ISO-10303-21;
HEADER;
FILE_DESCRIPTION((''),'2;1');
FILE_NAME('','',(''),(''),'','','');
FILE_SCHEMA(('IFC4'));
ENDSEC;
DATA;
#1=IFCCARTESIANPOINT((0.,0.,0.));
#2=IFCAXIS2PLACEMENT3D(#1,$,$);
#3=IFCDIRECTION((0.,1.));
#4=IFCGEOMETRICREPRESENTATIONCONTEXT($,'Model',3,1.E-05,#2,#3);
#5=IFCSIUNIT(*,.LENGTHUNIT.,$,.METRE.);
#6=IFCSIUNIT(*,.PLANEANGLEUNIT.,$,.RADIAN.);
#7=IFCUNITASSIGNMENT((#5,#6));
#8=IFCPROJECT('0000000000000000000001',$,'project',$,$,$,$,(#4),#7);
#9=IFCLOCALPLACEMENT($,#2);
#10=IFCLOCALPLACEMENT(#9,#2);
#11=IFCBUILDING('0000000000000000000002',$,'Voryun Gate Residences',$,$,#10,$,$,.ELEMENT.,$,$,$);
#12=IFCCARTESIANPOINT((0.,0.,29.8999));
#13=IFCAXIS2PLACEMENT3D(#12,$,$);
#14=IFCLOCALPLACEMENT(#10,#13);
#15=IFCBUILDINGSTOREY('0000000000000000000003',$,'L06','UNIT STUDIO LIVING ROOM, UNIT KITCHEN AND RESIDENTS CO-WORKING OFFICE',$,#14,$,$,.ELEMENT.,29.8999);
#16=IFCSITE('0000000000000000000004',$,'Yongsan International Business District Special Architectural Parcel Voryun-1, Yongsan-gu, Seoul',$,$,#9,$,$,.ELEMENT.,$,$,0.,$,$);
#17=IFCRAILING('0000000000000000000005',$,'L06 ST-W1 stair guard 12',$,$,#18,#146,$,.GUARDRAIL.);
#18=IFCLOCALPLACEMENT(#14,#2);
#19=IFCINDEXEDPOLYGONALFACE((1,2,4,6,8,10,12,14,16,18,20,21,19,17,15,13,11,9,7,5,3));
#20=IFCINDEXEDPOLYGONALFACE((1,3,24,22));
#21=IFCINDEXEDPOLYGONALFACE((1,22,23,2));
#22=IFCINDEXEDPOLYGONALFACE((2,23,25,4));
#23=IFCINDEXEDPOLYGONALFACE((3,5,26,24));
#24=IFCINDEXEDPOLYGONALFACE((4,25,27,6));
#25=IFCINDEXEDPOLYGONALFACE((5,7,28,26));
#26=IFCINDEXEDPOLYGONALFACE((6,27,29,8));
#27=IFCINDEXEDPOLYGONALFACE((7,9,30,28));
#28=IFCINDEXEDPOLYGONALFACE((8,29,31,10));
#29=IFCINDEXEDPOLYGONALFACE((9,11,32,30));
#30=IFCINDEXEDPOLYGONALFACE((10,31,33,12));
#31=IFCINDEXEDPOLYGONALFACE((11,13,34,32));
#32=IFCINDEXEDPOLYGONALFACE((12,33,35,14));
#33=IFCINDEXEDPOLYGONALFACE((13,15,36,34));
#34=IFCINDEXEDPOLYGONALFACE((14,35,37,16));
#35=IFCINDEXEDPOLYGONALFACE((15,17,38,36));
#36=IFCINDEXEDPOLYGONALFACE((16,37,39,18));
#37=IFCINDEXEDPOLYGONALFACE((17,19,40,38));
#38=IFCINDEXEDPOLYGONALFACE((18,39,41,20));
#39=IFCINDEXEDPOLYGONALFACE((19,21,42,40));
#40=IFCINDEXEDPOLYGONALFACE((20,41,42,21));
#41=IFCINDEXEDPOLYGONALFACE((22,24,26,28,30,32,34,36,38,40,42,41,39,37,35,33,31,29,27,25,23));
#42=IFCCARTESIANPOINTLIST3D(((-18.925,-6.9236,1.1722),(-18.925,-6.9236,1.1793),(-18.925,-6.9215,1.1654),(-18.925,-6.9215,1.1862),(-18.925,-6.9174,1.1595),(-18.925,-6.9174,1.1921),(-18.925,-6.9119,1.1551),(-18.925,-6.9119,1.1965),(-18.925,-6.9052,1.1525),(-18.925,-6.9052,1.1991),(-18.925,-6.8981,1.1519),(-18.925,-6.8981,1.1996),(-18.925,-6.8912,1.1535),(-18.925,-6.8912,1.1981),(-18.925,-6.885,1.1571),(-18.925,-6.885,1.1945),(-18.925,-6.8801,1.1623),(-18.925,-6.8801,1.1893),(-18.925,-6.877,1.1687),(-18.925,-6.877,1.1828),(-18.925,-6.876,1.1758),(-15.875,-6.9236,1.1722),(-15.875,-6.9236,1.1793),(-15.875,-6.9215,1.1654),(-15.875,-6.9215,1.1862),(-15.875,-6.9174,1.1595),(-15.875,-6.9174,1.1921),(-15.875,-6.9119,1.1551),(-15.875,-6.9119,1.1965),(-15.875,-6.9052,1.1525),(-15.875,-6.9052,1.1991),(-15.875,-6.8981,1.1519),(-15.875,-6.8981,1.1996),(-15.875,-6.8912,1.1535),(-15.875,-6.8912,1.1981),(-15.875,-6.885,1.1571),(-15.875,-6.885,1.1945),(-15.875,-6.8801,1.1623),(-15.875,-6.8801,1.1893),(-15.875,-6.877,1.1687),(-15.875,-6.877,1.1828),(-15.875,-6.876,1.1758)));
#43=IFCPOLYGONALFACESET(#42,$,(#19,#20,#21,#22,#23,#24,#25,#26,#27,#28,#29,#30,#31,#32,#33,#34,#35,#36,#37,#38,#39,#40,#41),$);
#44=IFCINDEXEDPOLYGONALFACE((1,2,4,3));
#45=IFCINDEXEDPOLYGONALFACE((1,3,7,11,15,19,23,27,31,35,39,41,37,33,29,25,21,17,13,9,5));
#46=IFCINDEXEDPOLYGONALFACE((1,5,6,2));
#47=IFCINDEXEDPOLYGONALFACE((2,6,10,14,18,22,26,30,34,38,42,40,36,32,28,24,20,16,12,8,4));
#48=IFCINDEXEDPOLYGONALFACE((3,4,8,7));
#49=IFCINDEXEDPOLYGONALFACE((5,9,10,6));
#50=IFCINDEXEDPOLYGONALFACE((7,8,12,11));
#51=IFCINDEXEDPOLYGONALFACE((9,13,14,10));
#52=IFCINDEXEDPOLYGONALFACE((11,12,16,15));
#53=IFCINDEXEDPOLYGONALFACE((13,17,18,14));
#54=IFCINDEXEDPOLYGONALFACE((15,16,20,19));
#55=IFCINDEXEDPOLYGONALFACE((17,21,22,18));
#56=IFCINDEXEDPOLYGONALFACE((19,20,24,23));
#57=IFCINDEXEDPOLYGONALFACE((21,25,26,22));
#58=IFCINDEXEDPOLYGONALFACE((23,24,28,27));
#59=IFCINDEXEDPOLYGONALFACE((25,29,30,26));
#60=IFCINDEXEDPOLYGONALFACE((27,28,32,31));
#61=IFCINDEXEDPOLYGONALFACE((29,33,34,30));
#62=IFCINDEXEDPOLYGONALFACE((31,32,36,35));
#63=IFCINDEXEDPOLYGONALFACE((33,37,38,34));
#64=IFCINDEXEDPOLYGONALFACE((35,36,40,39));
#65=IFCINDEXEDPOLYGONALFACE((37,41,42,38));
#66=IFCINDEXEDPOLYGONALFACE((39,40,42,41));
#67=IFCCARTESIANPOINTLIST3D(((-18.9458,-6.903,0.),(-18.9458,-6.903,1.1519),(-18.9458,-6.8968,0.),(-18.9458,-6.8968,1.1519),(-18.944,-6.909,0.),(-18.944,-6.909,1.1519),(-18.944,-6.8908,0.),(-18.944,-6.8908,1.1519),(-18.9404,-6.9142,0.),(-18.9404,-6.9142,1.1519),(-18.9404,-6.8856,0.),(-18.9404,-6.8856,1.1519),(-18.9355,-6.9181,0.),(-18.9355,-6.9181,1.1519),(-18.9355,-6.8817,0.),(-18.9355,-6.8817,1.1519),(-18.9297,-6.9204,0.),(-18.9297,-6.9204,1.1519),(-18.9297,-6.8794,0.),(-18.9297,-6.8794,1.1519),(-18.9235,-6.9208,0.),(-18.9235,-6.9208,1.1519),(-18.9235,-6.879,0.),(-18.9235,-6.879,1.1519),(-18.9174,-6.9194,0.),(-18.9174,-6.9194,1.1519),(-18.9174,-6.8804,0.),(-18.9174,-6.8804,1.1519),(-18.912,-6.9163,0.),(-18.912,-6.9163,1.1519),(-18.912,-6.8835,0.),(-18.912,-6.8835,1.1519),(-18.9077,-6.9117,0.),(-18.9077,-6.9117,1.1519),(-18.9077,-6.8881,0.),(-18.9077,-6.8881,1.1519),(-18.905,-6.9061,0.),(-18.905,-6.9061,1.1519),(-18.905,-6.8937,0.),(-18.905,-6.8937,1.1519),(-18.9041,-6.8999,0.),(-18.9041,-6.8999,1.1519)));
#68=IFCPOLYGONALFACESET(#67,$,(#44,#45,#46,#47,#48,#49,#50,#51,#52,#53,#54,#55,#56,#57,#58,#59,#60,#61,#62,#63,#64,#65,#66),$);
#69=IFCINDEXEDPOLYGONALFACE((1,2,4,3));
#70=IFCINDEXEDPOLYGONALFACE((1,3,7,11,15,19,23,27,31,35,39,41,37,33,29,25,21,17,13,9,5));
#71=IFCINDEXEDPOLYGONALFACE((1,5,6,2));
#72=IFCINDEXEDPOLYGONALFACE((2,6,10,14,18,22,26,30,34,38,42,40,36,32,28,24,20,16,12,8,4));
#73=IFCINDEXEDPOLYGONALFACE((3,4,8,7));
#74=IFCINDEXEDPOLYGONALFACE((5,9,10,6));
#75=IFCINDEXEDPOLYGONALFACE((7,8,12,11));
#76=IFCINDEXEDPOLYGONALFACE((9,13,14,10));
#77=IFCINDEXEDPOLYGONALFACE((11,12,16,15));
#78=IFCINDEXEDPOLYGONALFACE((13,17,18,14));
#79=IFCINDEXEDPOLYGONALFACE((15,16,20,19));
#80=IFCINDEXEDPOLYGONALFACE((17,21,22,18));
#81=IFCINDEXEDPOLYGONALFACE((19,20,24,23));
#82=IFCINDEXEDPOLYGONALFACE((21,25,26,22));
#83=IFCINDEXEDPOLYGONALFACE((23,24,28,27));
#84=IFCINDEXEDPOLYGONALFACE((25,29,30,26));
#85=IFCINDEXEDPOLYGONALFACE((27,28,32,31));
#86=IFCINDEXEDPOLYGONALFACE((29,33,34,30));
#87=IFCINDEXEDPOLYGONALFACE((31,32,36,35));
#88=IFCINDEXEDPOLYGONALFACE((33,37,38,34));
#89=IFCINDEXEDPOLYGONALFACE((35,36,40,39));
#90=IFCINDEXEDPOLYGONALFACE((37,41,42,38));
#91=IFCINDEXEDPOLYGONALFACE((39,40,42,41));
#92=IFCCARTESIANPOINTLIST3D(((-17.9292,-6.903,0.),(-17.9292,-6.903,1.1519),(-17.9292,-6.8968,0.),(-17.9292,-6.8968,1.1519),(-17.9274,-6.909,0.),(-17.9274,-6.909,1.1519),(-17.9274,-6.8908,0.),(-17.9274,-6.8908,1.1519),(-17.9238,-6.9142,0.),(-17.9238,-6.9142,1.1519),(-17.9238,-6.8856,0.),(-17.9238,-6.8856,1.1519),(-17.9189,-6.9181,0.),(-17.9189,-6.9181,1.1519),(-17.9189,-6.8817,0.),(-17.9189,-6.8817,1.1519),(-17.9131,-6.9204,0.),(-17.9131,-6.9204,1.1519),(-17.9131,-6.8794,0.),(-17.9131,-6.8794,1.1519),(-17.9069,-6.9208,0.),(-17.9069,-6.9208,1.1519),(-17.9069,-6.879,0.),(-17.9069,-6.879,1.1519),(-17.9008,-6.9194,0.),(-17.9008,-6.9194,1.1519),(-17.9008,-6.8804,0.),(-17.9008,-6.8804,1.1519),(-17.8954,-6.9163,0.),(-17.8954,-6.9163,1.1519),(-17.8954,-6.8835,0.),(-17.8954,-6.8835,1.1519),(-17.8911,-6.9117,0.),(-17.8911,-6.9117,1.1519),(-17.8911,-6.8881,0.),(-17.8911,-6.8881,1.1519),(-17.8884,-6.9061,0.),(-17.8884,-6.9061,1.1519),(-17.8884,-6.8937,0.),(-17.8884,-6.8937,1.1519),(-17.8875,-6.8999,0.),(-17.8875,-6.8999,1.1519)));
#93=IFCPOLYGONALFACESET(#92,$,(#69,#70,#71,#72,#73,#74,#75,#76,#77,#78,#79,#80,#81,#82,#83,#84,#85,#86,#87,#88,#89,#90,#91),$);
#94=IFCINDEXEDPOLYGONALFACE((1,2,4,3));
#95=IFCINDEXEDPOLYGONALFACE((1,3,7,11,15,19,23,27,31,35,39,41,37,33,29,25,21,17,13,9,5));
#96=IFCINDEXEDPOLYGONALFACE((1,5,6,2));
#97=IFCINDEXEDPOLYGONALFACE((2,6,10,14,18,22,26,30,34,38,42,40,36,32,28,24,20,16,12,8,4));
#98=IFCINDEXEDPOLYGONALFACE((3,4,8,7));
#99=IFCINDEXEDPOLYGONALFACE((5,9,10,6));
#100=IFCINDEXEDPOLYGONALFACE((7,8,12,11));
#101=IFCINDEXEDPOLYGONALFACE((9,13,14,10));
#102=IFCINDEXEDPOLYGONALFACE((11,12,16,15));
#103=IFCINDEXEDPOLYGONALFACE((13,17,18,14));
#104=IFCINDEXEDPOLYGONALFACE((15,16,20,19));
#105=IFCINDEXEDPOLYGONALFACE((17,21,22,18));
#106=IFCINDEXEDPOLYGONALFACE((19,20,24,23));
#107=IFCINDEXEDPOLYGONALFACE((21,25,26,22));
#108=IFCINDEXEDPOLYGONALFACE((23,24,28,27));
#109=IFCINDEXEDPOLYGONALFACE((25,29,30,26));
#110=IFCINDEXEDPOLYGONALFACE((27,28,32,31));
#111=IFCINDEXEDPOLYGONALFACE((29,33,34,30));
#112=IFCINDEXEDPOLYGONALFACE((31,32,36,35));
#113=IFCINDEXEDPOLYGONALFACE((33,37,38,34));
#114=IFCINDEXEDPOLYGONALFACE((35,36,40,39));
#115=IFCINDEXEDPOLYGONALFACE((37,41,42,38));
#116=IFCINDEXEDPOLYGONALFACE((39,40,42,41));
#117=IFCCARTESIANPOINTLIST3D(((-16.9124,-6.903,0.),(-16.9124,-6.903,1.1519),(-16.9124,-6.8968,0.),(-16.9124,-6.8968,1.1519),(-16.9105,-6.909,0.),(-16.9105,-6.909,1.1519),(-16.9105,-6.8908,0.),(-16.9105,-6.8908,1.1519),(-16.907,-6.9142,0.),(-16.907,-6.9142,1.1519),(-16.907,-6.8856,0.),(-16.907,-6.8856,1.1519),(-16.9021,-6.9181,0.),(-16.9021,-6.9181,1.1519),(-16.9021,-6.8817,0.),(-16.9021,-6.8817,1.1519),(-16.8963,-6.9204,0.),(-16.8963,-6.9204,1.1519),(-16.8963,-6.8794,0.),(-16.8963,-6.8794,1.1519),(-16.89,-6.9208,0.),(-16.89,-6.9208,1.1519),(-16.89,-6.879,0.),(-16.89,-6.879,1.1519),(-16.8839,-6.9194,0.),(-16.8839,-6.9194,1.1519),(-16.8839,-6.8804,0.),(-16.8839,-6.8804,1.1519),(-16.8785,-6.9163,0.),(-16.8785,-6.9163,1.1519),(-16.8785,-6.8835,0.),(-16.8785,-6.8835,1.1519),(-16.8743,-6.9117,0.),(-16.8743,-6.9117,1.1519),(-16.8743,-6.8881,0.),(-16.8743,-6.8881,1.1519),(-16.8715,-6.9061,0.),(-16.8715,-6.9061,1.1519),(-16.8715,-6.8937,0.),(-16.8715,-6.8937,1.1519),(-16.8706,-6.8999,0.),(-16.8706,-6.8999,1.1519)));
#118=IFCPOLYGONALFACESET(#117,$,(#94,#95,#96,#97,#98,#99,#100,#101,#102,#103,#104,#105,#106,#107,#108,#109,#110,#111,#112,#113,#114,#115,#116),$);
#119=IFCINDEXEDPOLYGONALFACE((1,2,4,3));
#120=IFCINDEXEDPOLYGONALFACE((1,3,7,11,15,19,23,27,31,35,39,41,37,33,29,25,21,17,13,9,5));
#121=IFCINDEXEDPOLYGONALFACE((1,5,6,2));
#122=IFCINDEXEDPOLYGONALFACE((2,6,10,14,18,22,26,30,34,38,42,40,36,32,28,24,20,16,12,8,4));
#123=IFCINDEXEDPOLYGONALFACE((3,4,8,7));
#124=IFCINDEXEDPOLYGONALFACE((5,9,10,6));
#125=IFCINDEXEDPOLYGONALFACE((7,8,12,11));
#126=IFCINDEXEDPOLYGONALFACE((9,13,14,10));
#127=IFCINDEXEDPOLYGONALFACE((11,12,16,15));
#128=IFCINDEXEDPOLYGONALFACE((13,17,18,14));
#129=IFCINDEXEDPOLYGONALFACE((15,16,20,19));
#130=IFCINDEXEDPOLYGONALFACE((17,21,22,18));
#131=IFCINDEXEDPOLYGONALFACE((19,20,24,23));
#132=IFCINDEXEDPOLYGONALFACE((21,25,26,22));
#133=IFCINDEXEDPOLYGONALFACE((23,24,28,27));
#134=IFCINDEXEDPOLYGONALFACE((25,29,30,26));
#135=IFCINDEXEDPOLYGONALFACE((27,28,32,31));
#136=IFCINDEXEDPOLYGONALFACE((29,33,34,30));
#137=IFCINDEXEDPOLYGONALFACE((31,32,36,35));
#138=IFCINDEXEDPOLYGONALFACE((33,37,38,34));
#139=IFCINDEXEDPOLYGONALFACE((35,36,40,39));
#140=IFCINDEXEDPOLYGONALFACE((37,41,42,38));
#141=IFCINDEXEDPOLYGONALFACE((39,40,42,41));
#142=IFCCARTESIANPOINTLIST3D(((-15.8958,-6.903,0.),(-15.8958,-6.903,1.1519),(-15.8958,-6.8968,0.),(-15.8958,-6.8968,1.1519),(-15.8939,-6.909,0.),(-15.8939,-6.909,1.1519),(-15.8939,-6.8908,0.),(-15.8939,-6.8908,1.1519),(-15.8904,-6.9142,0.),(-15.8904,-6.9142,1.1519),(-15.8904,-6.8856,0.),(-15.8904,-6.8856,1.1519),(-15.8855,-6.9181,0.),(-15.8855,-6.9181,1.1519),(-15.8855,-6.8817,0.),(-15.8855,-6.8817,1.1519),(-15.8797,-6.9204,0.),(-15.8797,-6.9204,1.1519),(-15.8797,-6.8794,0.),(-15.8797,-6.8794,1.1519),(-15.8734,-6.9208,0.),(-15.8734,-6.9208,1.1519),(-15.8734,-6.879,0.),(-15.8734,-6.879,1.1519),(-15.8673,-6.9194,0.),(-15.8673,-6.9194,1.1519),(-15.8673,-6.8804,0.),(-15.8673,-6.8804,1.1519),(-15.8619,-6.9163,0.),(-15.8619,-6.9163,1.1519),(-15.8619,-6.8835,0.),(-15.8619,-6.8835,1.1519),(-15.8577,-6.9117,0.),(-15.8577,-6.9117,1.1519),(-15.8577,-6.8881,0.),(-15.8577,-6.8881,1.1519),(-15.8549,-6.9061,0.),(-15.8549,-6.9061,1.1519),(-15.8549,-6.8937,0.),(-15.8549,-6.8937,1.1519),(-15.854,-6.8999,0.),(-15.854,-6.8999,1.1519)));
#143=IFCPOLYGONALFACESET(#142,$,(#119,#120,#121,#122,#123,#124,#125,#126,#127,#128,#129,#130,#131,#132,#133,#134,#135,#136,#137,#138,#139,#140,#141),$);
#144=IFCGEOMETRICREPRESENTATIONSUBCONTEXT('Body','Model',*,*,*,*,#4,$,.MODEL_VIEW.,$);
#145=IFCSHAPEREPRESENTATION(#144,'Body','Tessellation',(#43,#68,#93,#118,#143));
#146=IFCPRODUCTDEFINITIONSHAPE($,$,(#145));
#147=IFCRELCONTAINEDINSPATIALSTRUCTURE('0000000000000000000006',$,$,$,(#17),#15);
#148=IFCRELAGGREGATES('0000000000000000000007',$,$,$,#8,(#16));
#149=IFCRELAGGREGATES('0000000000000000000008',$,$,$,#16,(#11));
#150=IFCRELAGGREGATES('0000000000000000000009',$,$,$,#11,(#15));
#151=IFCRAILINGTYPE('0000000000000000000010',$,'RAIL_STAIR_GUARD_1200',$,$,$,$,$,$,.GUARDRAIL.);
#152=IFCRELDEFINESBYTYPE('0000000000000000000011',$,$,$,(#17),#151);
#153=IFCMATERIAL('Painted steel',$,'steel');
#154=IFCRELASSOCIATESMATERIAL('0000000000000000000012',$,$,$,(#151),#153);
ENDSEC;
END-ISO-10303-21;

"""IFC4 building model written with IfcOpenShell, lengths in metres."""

from ifc_helpers import new_model, si_unit, direction, frame, origin, origin_2d, place, context, subcontext, project, spatial, circle, extrude, material, type_object, element, save


model = new_model("IFC4")

# Units and contexts
model_context = context("Model", 3, precision=1e-05, world=origin(), true_north=direction((0.0, 1.0)))
body_context = subcontext(model_context, "Body", "Model", "MODEL_VIEW")
ifc_project = project(units=[si_unit("LENGTHUNIT", "METRE"), si_unit("PLANEANGLEUNIT", "RADIAN")], contexts=[model_context])

# Site, building, storey
site_placement = place(None, origin())
site = spatial("IfcSite", under=ifc_project, at=site_placement, Name="Yongsan International Business District Special Architectural Parcel Voryun-1, Yongsan-gu, Seoul", CompositionType="ELEMENT", RefElevation=0.0)
building_placement = place(site_placement, origin())
building = spatial("IfcBuilding", under=site, at=building_placement, Name="Voryun Gate Residences", CompositionType="ELEMENT")
storey_placement = place(building_placement, frame((0.0, 0.0, 29.8999)))
storey = spatial("IfcBuildingStorey", under=building, at=storey_placement, Name="L06", Description="UNIT STUDIO LIVING ROOM, UNIT KITCHEN AND RESIDENTS CO-WORKING OFFICE", CompositionType="ELEMENT", Elevation=29.8999)

# Railing
ifc_material_1 = material(Name="Painted steel", Category="steel")
railing_type_1 = type_object("IfcRailingType", Name="RAIL_STAIR_GUARD_1200", PredefinedType="GUARDRAIL", material=ifc_material_1)
railing_1_placement = place(storey_placement, frame((-18.925, -6.8999, 0.0)))
element("IfcRailing", 1, at=railing_1_placement, inside=storey, type_object=railing_type_1, Name="L06 ST-W1 stair guard 12", PredefinedType="GUARDRAIL", context=body_context, shape_type="SweptSolid", body=[
    extrude(circle(Radius=0.0239, at=origin_2d()), frame((0.0, 0.0, 1.1758), z_axis=(1.0, 0.0, 0.0), x_axis=(0.0, 1.0, 0.0)), (0.0, 0.0, 1.0), 3.05),
    extrude(circle(Radius=0.021, at=origin_2d()), origin(), (0.0, 0.0, 1.0), 1.1519),
    extrude(circle(Radius=0.021, at=origin_2d()), frame((1.0166, 0.0, 0.0)), (0.0, 0.0, 1.0), 1.1519),
    extrude(circle(Radius=0.021, at=origin_2d()), frame((2.0334, 0.0, 0.0)), (0.0, 0.0, 1.0), 1.1519),
    extrude(circle(Radius=0.021, at=origin_2d()), frame((3.05, 0.0, 0.0)), (0.0, 0.0, 1.0), 1.1519),
])

save(model, "model.ifc")
